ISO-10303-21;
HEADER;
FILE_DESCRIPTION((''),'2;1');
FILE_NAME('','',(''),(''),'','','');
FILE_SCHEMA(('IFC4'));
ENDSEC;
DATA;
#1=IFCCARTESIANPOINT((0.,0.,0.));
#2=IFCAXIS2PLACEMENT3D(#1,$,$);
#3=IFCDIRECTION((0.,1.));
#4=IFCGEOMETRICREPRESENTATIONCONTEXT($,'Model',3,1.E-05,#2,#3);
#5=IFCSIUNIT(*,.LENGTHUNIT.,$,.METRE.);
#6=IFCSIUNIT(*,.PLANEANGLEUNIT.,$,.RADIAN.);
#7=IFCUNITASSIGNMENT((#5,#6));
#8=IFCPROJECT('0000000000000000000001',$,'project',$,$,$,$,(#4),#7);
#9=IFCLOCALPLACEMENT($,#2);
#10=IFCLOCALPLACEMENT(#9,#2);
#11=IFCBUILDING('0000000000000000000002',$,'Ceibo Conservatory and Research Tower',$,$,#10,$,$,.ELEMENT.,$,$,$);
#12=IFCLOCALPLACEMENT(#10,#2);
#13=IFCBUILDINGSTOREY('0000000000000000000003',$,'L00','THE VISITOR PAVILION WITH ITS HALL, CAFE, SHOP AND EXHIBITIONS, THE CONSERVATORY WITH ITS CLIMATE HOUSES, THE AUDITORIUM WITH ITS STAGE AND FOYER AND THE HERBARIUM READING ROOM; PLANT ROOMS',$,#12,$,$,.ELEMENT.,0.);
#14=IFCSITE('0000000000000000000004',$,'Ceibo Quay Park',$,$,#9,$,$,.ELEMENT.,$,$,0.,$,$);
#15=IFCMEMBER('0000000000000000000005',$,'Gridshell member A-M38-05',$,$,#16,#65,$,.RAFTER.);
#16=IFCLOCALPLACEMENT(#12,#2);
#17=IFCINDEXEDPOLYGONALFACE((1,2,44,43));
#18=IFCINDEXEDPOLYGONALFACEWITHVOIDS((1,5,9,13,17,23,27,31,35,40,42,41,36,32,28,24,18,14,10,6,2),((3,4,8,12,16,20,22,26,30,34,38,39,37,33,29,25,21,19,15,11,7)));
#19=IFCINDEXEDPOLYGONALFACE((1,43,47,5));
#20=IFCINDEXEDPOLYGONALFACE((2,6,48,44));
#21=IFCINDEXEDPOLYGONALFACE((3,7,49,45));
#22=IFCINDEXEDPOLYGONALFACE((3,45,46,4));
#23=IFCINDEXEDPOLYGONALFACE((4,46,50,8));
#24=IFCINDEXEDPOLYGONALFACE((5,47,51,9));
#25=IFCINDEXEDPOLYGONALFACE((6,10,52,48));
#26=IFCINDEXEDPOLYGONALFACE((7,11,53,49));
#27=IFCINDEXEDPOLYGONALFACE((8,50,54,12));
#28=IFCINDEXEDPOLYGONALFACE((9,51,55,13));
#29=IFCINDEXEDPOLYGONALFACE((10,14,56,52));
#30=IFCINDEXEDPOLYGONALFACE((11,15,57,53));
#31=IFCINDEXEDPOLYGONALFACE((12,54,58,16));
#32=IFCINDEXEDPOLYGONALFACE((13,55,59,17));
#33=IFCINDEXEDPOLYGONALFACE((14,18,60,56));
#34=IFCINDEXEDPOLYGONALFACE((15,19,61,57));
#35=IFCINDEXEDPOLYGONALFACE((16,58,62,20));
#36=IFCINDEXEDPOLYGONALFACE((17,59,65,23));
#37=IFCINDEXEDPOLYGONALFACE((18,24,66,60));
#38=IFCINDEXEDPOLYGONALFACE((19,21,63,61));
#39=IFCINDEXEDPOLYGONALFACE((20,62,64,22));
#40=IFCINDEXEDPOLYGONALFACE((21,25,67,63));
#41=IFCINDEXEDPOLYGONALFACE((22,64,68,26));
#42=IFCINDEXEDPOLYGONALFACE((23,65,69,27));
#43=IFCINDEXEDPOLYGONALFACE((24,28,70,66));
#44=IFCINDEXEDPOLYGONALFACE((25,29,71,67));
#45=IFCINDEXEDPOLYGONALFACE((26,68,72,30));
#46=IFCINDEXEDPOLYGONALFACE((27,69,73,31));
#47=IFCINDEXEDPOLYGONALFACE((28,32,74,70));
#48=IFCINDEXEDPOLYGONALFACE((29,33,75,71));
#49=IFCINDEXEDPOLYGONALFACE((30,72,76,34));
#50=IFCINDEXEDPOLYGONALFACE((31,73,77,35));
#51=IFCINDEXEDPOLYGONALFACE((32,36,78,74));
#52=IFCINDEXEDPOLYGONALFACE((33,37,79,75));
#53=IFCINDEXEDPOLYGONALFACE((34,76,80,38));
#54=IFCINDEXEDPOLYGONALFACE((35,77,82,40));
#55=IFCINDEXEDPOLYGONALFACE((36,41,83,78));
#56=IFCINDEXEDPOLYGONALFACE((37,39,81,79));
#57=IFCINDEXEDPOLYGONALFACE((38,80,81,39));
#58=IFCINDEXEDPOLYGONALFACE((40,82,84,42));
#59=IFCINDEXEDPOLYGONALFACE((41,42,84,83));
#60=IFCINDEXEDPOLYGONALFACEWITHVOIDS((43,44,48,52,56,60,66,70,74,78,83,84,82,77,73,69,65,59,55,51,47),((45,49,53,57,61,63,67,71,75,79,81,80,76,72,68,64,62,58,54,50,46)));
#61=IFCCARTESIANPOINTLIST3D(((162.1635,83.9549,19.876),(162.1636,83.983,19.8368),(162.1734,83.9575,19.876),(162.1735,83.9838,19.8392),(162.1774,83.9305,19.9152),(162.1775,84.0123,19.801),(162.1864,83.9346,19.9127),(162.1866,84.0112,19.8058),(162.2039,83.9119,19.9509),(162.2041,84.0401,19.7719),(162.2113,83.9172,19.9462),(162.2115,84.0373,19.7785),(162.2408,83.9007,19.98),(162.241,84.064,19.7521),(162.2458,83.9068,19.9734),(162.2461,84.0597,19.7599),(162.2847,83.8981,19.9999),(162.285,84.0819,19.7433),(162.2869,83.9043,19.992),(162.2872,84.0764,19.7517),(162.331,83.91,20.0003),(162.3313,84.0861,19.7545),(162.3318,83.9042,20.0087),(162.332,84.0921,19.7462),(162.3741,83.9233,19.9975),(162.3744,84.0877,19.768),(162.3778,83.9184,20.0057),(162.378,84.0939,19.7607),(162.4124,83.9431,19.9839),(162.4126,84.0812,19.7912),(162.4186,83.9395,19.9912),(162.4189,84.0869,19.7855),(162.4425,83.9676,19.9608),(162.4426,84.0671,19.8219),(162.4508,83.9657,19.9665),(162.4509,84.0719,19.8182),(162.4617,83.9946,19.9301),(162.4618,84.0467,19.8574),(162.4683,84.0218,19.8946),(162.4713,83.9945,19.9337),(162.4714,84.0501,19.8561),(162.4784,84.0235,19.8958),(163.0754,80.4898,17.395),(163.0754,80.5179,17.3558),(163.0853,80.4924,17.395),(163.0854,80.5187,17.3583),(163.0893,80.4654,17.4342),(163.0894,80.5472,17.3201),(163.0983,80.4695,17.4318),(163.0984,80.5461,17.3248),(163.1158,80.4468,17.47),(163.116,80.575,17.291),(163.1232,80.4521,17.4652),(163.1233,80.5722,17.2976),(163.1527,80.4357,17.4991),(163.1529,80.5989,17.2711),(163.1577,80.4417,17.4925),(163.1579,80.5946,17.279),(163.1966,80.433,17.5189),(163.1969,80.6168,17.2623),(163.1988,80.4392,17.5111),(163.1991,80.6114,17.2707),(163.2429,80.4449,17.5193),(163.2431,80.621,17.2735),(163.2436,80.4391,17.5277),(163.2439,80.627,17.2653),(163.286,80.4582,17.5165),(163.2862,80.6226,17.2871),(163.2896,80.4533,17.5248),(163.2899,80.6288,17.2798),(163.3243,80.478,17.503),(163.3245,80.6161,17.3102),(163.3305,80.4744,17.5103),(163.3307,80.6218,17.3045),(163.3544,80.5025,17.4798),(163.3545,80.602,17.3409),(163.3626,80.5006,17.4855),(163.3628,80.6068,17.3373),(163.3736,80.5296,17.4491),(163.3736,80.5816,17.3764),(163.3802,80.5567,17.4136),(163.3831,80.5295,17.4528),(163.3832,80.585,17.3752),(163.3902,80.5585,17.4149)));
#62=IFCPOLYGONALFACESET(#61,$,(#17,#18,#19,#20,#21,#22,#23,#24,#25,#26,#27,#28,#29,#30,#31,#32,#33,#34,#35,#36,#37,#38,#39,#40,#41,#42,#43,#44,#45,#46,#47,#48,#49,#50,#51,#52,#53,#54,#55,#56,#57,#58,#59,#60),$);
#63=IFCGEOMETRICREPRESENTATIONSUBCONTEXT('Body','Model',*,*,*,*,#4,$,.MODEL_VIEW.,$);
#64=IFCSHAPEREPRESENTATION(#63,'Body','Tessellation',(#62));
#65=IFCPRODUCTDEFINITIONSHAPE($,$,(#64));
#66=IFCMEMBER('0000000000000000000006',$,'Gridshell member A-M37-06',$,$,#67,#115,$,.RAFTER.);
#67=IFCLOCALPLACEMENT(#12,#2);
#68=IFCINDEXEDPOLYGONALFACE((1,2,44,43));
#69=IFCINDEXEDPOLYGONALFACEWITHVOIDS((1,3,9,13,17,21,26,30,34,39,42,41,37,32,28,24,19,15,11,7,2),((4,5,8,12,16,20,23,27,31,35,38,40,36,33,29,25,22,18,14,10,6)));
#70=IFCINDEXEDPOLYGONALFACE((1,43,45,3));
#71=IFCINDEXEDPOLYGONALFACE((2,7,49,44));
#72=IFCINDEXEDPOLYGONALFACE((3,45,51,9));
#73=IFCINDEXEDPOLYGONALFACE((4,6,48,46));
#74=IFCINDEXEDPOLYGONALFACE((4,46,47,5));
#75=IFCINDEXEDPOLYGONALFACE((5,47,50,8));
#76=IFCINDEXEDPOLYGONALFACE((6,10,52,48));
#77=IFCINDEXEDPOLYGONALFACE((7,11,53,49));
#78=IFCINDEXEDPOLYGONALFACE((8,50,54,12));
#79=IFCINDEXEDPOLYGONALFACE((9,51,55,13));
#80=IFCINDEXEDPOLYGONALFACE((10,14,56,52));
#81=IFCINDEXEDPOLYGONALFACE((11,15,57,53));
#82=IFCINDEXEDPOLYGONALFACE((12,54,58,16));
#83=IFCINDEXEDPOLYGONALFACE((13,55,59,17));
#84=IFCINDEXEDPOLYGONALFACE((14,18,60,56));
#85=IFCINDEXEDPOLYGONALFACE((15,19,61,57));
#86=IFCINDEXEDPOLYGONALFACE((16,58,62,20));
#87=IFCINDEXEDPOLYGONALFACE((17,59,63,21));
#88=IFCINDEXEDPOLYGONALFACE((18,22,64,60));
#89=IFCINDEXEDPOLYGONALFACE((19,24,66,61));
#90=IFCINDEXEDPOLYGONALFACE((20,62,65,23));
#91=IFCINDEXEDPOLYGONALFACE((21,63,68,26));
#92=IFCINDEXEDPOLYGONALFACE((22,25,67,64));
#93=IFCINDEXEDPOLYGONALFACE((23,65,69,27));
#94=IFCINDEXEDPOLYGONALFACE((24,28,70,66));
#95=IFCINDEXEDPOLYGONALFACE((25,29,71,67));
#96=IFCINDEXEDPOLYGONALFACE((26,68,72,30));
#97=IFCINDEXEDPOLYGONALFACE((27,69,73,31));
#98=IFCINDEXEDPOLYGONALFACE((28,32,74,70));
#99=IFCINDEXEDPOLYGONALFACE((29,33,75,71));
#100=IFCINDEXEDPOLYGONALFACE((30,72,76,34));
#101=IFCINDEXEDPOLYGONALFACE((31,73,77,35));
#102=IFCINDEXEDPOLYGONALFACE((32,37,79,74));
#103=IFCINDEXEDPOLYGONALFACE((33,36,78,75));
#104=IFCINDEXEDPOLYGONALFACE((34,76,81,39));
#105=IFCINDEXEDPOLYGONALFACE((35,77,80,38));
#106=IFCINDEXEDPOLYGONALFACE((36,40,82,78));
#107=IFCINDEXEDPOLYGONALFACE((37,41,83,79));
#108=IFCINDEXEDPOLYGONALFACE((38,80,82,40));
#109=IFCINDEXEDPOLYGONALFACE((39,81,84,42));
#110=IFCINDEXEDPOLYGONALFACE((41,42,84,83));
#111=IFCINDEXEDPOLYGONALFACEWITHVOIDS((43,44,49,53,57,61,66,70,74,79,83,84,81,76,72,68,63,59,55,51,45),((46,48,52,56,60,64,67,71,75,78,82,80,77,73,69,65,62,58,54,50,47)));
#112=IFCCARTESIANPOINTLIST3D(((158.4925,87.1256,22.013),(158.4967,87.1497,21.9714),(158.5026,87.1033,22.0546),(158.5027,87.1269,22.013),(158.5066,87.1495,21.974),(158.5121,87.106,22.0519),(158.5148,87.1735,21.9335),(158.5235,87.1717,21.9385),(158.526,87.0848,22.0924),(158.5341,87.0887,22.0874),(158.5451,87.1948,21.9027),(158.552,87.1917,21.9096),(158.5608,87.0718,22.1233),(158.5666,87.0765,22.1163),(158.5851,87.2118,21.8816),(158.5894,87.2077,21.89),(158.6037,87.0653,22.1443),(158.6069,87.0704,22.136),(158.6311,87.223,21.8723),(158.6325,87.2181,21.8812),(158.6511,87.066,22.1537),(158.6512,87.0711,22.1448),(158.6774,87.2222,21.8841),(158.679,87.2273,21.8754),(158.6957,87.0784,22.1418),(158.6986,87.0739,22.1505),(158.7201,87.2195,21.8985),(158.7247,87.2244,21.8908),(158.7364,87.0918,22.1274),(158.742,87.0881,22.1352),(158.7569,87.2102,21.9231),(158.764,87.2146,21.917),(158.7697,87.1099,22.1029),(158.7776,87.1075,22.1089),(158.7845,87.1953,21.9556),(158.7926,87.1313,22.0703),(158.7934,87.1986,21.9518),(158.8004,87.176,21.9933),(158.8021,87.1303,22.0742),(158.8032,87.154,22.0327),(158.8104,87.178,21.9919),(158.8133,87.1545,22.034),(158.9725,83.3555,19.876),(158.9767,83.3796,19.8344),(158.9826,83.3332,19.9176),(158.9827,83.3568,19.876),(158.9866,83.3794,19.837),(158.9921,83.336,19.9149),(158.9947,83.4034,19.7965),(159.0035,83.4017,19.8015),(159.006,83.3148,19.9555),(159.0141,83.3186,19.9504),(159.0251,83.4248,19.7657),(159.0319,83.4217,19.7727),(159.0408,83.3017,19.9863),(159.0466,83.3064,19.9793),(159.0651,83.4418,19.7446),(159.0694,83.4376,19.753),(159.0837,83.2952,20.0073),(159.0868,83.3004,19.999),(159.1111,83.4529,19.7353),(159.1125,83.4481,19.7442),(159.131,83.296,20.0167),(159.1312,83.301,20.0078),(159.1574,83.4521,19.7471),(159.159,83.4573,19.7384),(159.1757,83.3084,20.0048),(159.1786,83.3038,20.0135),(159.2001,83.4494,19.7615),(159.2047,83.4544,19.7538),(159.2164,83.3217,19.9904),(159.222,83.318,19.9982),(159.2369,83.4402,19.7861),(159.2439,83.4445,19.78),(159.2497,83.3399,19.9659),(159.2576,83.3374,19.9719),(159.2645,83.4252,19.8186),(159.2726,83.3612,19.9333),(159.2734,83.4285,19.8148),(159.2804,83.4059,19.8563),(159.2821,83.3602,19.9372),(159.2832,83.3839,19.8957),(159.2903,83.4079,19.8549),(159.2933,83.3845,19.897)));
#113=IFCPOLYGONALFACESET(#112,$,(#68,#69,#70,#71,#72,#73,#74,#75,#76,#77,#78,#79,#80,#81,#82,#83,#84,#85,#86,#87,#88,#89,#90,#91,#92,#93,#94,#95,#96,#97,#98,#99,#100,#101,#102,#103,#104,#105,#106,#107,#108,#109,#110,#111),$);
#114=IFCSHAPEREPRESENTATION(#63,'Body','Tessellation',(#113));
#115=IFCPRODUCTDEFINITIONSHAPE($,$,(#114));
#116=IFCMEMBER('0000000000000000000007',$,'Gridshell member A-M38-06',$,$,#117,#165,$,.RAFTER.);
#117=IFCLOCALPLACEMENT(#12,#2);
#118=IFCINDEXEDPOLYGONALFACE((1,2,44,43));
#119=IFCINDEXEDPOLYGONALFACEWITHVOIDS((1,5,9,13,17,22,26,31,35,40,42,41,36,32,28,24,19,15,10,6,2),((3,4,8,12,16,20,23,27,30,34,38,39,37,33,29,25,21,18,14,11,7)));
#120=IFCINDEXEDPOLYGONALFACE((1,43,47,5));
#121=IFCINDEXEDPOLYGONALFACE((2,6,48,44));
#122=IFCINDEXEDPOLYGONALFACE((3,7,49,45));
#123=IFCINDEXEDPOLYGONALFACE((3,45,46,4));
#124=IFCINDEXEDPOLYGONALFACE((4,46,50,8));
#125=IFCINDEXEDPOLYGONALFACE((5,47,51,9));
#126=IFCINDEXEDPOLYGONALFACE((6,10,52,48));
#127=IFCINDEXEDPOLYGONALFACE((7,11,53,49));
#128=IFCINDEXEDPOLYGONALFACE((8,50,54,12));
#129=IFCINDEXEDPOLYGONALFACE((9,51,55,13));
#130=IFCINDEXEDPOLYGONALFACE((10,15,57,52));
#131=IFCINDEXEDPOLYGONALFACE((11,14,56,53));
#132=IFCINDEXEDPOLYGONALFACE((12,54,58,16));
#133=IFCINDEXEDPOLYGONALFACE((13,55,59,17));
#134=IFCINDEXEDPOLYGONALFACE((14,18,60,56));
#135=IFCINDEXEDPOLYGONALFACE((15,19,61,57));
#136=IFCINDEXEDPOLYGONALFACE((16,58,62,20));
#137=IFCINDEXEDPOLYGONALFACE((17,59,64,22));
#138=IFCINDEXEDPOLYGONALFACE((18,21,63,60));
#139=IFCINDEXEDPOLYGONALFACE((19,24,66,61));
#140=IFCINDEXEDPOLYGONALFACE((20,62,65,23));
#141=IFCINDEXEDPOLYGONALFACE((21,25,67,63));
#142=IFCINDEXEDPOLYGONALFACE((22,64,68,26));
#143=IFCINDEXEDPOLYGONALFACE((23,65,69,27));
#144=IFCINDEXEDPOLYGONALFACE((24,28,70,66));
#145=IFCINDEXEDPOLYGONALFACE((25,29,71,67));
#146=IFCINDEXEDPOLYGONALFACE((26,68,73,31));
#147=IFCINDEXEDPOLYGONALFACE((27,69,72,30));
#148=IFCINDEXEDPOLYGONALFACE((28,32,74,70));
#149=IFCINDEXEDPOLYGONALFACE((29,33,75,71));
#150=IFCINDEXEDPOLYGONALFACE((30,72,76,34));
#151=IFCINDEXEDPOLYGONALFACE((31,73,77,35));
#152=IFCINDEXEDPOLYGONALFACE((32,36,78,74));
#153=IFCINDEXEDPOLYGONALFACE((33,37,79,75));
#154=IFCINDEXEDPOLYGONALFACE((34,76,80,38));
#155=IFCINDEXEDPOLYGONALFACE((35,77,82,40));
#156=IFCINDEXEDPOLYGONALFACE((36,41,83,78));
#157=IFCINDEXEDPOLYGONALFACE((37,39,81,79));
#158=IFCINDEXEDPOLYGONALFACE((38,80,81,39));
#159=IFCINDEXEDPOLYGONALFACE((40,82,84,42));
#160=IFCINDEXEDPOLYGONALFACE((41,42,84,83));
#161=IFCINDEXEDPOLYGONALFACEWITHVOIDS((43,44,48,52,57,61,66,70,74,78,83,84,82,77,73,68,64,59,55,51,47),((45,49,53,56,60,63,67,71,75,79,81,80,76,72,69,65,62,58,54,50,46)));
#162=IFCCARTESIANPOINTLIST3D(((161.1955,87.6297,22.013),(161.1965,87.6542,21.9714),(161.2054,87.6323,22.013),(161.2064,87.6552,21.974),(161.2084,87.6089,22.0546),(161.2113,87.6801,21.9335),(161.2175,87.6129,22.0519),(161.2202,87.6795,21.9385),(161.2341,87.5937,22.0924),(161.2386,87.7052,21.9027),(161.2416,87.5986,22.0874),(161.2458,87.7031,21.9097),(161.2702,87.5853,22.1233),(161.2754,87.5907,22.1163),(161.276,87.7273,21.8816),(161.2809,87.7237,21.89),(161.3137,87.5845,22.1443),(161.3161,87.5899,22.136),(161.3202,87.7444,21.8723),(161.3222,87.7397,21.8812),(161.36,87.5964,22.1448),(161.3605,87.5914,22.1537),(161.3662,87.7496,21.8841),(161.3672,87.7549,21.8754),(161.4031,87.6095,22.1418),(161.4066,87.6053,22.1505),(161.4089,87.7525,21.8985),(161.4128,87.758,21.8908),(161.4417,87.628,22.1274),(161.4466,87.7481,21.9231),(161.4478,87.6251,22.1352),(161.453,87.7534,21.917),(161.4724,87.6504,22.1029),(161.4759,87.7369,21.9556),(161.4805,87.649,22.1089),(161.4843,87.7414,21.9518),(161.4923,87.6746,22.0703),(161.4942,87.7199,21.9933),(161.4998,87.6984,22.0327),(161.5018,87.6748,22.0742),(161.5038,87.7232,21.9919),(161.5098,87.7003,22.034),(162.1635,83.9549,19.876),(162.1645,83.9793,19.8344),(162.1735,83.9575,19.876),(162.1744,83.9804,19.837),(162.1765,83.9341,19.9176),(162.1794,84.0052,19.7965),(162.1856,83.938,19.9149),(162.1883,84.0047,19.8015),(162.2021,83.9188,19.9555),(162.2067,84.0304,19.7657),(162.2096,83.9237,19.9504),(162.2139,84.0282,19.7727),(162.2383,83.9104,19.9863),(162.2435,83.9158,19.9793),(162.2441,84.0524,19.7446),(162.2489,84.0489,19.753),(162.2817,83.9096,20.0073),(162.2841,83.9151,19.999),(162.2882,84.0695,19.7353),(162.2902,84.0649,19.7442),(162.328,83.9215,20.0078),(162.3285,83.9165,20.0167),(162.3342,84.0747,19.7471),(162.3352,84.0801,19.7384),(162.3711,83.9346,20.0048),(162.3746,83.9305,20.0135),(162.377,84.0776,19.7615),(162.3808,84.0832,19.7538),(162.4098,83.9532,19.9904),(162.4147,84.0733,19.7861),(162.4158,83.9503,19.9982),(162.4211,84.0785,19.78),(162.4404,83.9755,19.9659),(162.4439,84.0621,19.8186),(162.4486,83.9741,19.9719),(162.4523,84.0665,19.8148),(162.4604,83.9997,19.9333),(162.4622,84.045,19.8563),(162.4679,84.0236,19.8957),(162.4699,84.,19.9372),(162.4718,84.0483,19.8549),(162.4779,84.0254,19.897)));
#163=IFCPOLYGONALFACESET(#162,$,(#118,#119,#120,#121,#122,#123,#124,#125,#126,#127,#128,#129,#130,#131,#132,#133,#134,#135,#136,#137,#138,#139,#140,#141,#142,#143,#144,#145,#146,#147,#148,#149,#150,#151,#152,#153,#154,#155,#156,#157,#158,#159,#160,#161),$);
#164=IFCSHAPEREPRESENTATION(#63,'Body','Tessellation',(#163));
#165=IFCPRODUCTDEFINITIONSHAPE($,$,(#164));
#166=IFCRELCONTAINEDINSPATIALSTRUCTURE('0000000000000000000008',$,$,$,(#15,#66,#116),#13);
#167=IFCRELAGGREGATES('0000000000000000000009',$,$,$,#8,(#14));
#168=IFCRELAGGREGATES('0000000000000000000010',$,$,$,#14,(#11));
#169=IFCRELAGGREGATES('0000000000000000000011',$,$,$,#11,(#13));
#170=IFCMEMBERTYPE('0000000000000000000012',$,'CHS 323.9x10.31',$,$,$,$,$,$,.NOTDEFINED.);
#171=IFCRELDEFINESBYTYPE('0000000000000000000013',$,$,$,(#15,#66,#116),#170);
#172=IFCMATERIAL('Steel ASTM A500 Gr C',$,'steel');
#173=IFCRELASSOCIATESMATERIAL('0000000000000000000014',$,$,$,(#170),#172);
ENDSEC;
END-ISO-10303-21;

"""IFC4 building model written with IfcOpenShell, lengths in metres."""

from ifc_helpers import new_model, si_unit, direction, frame, origin, origin_2d, place, context, subcontext, project, spatial, hollow_circle, extrude, material, material_profile, profile_set, type_object, element, save


model = new_model("IFC4")

# Units and contexts
model_context = context("Model", 3, precision=1e-05, world=origin(), true_north=direction((0.0, 1.0)))
body_context = subcontext(model_context, "Body", "Model", "MODEL_VIEW")
ifc_project = project(units=[si_unit("LENGTHUNIT", "METRE"), si_unit("PLANEANGLEUNIT", "RADIAN")], contexts=[model_context])

# Site, building, storey
site_placement = place(None, origin())
site = spatial("IfcSite", under=ifc_project, at=site_placement, Name="Ceibo Quay Park", CompositionType="ELEMENT", RefElevation=0.0)
building_placement = place(site_placement, origin())
building = spatial("IfcBuilding", under=site, at=building_placement, Name="Ceibo Conservatory and Research Tower", CompositionType="ELEMENT")
storey_placement = place(building_placement, origin())
storey = spatial("IfcBuildingStorey", under=building, at=storey_placement, Name="L00", Description="THE VISITOR PAVILION WITH ITS HALL, CAFE, SHOP AND EXHIBITIONS, THE CONSERVATORY WITH ITS CLIMATE HOUSES, THE AUDITORIUM WITH ITS STAGE AND FOYER AND THE HERBARIUM READING ROOM; PLANT ROOMS", CompositionType="ELEMENT", Elevation=0.0)

# Members
ifc_material_1 = material(Name="Steel ASTM A500 Gr C", Category="steel")
ifc_material_profile_1 = material_profile(ifc_material_1, hollow_circle(Radius=0.1619, WallThickness=0.0103, at=origin_2d()), Name="CHS 323.9x10.31")
ifc_profile_set_1 = profile_set([ifc_material_profile_1], Name="Steel ASTM A500 Gr C")
member_type_1 = type_object("IfcMemberType", Name="CHS 323.9x10.31", PredefinedType="NOTDEFINED", material=ifc_profile_set_1)
member_1_placement = place(storey_placement, frame((163.2319, 80.531, 17.395), z_axis=(-0.209232, 0.795082, 0.569268), x_axis=(-0.967075, -0.254493, 0.0)))
element("IfcMember", 1, at=member_1_placement, inside=storey, type_object=member_type_1, Name="Gridshell member A-M38-05", PredefinedType="RAFTER", context=body_context, shape_type="SweptSolid", body=[
    extrude(hollow_circle(Radius=0.1619, WallThickness=0.0103, at=origin_2d()), origin(), (0.0, 0.0, 1.0), 4.3582),
])
member_2_placement = place(storey_placement, frame((159.1331, 83.376, 19.876), z_axis=(-0.110086, 0.864673, 0.490123), x_axis=(-0.991993, -0.126296, 0.0)))
element("IfcMember", 2, at=member_2_placement, inside=storey, type_object=member_type_1, Name="Gridshell member A-M37-06", PredefinedType="RAFTER", context=body_context, shape_type="SweptSolid", body=[
    extrude(hollow_circle(Radius=0.1619, WallThickness=0.0103, at=origin_2d()), origin(), (0.0, 0.0, 1.0), 4.3601),
])
member_3_placement = place(storey_placement, frame((162.3201, 83.9961, 19.876), z_axis=(-0.222033, 0.842884, 0.490152), x_axis=(-0.967012, -0.25473, 0.0)))
element("IfcMember", 3, at=member_3_placement, inside=storey, type_object=member_type_1, Name="Gridshell member A-M38-06", PredefinedType="RAFTER", context=body_context, shape_type="SweptSolid", body=[
    extrude(hollow_circle(Radius=0.1619, WallThickness=0.0103, at=origin_2d()), origin(), (0.0, 0.0, 1.0), 4.3599),
])

save(model, "model.ifc")
